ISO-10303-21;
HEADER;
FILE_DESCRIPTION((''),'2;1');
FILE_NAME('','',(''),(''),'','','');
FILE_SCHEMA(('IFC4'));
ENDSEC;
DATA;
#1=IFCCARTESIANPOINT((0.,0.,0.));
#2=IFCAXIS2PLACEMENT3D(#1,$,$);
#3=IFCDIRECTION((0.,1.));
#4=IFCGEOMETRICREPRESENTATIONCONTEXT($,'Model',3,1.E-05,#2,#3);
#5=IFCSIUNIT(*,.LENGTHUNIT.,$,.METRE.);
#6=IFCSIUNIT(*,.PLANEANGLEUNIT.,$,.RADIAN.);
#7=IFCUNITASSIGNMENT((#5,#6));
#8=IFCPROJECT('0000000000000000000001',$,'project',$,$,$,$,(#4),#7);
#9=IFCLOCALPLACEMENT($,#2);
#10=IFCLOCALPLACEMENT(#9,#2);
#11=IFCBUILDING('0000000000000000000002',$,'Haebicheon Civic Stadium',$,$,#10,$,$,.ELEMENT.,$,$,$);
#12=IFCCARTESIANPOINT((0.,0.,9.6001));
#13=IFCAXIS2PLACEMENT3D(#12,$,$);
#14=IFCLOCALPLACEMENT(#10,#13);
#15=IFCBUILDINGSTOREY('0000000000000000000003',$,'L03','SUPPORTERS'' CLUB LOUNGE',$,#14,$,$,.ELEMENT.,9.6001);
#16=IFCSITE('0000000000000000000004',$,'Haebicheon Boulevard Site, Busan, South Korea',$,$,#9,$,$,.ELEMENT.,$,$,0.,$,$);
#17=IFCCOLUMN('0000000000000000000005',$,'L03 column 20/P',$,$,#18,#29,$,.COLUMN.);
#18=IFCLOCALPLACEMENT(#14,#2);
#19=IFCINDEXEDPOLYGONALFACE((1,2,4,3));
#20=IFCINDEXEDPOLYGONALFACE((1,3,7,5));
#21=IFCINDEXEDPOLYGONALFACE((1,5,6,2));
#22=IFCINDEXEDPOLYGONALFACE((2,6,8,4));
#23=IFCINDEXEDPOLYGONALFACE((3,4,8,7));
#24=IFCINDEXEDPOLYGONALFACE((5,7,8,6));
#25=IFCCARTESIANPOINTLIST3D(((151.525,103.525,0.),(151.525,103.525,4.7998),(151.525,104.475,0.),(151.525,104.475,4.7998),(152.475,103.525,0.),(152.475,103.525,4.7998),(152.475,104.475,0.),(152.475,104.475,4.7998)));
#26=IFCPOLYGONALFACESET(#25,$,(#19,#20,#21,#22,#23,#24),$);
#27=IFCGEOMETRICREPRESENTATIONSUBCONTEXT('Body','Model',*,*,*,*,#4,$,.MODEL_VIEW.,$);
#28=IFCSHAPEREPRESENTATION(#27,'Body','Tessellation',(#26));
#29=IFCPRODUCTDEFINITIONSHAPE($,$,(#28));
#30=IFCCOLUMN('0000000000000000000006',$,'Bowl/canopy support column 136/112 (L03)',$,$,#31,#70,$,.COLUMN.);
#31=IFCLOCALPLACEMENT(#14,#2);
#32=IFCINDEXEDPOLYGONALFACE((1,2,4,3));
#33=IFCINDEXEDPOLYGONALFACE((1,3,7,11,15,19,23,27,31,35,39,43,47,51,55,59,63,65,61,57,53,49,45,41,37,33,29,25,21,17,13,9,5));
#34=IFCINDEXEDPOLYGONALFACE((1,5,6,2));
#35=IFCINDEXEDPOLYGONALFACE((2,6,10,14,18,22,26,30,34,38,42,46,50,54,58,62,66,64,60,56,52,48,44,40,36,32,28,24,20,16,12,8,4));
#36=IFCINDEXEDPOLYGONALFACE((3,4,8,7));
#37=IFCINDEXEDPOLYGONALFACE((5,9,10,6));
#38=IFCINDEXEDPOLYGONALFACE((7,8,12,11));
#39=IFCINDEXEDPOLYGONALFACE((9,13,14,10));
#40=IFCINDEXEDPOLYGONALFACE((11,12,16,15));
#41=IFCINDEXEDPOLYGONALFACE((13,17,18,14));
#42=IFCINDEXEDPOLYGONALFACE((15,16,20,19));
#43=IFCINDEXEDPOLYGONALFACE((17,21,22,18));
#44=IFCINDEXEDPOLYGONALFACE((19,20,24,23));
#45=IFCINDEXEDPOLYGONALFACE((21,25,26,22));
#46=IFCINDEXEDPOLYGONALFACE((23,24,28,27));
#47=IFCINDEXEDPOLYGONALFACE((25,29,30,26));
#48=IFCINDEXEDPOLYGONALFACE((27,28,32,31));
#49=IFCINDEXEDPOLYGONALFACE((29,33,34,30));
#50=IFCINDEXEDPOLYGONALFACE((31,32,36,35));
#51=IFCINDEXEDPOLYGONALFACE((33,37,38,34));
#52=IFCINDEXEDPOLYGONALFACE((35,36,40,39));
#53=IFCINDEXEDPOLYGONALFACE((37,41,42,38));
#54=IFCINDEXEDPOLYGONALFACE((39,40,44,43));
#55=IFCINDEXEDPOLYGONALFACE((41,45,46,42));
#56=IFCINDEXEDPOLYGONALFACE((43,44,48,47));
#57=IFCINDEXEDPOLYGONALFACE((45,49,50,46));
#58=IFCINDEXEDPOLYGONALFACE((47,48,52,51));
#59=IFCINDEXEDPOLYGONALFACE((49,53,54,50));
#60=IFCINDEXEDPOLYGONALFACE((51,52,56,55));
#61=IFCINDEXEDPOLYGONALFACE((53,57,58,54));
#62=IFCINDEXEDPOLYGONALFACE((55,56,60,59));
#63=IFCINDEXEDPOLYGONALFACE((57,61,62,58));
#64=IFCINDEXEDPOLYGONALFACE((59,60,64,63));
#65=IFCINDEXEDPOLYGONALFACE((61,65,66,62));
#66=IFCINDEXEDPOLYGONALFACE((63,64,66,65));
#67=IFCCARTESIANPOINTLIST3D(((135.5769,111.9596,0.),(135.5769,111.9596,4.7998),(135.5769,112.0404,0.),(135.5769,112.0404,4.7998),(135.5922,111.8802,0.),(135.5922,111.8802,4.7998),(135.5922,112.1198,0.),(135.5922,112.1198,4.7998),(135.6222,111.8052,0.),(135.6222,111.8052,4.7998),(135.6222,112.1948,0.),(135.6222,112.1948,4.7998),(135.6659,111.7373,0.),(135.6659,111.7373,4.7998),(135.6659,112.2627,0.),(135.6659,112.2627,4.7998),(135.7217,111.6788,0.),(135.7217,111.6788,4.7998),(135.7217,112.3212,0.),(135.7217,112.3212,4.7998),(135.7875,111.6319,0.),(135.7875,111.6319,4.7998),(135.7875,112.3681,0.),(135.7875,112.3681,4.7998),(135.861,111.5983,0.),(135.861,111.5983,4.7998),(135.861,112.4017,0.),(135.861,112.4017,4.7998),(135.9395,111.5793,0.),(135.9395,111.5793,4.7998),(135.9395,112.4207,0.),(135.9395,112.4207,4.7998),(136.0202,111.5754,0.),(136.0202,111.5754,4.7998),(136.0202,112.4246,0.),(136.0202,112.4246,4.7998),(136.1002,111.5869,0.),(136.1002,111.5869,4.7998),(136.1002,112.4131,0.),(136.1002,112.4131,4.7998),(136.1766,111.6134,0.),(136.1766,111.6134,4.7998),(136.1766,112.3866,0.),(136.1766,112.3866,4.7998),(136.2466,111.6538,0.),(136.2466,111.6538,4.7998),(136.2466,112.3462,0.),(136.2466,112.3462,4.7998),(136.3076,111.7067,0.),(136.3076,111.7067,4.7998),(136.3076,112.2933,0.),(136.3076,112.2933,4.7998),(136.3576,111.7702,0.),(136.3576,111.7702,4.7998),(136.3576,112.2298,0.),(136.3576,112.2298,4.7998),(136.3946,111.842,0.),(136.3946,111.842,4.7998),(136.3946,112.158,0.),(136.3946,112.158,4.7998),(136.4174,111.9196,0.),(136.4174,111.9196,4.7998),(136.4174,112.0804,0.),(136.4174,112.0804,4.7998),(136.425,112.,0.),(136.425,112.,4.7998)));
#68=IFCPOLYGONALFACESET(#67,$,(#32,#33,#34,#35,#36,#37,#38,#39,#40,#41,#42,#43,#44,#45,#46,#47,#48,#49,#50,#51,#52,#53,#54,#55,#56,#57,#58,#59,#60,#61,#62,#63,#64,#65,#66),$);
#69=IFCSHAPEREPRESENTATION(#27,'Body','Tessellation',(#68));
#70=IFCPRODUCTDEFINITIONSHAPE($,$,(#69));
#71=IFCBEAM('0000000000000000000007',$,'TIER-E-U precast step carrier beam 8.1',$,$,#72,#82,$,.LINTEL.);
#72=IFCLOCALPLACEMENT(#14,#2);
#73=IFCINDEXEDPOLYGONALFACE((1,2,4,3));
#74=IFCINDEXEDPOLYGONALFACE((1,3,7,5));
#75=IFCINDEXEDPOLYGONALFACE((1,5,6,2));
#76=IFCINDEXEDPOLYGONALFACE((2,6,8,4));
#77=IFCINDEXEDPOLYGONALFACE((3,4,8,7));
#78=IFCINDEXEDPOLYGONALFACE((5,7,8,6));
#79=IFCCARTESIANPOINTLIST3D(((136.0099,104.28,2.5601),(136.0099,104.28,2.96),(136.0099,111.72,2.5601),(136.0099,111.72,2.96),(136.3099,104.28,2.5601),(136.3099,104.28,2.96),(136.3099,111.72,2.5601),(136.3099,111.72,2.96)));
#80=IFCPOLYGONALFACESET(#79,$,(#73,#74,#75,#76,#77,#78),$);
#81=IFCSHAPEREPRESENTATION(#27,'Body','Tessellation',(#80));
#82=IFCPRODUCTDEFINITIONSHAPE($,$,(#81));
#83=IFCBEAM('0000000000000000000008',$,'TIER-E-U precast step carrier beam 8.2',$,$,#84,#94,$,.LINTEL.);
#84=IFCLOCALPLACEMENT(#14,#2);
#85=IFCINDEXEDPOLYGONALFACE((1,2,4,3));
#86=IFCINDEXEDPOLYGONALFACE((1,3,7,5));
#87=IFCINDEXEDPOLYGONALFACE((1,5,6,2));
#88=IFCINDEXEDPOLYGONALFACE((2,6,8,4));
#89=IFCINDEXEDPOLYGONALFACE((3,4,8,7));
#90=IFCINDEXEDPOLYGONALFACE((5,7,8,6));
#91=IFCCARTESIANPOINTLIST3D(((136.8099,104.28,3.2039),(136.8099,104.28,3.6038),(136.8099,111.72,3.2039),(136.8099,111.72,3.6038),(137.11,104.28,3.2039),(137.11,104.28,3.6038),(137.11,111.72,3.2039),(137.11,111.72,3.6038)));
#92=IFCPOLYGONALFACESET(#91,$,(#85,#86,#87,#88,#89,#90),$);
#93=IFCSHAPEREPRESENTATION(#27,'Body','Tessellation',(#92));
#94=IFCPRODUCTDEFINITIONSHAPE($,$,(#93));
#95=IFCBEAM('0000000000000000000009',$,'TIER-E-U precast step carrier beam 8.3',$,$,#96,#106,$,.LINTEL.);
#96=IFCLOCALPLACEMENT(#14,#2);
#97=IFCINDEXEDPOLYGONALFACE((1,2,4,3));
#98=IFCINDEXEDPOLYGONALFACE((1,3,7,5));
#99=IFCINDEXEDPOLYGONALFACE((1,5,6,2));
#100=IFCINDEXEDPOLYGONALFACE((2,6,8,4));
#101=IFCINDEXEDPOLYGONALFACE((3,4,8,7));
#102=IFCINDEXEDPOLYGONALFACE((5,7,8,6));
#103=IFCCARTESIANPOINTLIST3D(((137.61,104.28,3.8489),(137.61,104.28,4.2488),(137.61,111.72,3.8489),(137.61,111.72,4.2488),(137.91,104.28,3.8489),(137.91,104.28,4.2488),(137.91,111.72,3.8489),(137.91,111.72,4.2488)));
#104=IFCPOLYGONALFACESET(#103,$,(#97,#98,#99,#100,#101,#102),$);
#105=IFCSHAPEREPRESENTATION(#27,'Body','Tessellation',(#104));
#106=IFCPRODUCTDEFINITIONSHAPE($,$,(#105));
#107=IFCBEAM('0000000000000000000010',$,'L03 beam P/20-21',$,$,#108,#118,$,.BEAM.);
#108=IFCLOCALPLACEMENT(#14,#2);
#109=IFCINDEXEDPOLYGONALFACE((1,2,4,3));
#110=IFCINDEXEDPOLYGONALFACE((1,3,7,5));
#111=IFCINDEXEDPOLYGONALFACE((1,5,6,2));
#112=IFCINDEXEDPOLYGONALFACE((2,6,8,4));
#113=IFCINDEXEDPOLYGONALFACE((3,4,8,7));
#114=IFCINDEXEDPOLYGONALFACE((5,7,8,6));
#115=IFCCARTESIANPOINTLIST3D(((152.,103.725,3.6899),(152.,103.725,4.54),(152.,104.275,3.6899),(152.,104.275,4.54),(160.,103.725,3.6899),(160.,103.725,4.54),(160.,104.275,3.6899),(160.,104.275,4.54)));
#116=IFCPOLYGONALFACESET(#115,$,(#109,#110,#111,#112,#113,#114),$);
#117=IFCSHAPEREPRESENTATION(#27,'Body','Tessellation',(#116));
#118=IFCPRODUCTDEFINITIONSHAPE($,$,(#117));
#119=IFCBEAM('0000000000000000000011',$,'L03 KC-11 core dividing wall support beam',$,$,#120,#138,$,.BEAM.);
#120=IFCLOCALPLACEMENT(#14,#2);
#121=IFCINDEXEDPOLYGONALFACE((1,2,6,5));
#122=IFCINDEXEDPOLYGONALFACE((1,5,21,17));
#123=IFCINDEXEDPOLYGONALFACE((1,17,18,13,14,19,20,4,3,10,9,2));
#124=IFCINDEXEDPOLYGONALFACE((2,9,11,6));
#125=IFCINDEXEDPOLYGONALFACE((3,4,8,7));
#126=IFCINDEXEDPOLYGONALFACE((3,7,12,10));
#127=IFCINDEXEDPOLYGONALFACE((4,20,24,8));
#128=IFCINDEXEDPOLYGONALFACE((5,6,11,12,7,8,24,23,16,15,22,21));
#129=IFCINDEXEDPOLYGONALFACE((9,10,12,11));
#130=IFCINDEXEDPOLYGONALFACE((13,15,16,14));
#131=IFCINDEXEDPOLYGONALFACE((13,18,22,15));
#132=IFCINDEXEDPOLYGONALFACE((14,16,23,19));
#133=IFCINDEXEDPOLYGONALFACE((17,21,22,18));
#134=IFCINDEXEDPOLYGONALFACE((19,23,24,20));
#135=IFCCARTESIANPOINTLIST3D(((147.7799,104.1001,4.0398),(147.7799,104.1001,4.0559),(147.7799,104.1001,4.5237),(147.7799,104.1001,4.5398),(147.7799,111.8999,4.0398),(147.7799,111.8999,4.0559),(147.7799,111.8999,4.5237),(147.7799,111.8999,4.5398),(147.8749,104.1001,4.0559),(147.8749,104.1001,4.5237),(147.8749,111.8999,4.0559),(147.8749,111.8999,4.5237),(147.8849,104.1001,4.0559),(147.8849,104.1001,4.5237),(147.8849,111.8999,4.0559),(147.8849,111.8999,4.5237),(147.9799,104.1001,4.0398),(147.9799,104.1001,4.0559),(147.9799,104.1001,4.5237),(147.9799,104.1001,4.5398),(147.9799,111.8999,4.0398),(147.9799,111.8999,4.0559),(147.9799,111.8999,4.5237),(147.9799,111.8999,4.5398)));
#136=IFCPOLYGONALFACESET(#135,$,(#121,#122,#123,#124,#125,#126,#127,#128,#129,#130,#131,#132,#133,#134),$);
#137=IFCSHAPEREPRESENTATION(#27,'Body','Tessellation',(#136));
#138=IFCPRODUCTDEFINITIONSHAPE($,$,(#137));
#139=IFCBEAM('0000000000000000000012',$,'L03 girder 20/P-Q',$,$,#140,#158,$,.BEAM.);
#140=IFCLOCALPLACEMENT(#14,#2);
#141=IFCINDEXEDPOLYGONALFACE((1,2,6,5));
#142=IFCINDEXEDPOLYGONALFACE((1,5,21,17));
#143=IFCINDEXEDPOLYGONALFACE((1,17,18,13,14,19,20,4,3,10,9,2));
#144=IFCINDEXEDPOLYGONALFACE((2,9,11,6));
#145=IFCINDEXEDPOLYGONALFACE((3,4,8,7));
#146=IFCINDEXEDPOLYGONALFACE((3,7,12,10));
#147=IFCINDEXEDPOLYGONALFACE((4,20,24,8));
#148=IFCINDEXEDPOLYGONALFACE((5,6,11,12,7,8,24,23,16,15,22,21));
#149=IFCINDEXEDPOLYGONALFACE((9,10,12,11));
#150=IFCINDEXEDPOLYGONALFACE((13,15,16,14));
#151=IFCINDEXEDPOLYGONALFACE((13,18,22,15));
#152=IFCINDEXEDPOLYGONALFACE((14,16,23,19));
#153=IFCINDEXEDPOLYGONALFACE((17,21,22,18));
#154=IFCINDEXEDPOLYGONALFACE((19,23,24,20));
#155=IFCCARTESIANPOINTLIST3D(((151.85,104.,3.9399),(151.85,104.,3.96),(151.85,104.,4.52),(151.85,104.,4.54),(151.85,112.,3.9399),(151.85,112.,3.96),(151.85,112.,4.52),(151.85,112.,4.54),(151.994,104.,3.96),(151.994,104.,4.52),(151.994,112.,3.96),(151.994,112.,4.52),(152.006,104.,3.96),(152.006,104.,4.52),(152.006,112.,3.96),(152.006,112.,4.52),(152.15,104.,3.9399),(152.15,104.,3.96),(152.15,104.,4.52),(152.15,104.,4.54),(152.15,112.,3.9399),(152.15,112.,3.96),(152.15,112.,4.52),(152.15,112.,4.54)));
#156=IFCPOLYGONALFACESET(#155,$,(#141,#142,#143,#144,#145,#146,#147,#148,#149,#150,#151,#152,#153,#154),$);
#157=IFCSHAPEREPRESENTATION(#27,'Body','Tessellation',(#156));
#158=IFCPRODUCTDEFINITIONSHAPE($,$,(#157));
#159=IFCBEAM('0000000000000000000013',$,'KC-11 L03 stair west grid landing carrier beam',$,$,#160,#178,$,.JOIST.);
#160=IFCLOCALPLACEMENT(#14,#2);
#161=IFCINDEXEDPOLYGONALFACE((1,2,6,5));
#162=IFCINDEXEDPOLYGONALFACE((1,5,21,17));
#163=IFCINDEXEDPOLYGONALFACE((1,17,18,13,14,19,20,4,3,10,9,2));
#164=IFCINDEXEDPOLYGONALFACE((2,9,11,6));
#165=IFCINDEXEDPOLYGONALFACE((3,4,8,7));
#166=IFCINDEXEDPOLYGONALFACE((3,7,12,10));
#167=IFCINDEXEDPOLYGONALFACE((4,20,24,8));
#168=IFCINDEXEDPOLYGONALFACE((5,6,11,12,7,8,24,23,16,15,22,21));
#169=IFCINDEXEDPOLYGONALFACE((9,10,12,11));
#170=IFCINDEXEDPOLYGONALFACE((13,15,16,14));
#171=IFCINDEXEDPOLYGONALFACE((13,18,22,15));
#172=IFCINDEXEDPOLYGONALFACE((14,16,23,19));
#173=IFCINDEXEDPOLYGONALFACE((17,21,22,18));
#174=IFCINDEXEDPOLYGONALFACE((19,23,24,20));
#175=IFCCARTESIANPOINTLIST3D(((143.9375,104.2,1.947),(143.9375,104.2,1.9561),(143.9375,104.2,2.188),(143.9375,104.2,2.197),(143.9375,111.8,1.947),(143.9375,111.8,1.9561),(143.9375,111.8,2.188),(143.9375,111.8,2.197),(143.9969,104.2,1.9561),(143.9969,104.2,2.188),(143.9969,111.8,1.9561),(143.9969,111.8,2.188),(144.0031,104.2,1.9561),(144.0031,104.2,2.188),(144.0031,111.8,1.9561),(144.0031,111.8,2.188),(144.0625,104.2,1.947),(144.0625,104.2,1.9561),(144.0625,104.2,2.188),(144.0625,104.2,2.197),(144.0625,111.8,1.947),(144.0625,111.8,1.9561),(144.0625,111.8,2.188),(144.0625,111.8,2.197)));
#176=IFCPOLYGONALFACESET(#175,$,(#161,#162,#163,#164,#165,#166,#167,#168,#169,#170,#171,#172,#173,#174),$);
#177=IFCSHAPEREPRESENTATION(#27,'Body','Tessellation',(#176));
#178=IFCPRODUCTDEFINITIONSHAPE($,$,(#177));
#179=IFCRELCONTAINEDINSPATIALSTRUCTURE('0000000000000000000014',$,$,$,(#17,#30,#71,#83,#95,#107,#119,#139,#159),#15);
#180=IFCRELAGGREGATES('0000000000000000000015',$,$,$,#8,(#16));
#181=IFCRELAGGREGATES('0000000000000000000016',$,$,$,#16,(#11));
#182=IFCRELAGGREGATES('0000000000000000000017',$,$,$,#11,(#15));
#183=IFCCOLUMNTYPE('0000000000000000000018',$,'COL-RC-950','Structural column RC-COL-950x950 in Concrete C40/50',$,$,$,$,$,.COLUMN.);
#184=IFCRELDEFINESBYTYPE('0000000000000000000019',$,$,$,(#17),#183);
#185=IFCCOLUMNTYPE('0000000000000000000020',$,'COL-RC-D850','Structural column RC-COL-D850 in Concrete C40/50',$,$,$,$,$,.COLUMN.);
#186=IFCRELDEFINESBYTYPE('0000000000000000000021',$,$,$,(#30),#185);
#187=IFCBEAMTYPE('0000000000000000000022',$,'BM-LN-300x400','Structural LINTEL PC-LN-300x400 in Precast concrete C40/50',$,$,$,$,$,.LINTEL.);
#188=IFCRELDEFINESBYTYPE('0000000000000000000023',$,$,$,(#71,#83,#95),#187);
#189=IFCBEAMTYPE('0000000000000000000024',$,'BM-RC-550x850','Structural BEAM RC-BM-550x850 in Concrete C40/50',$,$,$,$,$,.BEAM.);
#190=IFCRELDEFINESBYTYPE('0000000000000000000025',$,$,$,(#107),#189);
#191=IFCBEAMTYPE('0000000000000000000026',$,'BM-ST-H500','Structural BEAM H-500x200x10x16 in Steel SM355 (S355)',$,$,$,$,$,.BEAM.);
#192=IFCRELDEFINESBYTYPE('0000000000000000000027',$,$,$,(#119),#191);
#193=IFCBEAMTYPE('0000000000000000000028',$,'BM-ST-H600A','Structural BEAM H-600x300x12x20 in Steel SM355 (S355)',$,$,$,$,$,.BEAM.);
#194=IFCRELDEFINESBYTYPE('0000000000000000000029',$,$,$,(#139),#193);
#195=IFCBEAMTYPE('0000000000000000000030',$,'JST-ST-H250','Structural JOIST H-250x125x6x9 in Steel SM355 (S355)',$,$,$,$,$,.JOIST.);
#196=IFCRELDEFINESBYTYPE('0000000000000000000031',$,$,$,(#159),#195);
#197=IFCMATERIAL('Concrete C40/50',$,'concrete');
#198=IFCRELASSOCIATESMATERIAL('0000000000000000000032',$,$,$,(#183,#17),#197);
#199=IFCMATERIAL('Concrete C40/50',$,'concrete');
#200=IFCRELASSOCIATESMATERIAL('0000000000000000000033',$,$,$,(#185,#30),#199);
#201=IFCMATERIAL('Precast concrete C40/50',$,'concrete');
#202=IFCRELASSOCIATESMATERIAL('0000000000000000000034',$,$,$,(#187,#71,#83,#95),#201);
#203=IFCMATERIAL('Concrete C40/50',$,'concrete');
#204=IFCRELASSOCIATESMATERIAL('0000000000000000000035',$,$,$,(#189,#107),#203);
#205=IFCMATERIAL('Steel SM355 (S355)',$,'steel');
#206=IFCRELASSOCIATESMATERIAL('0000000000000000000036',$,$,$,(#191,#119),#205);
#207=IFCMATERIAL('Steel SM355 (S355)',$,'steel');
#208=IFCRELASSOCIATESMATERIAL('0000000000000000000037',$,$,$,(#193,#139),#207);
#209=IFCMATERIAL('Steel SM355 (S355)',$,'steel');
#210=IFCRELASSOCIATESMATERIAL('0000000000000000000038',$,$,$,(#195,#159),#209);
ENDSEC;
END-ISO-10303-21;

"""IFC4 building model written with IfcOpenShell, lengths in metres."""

from ifc_helpers import new_model, si_unit, direction, frame, origin, origin_2d, place, context, subcontext, project, spatial, rectangle, circle, i_section, extrude, material, material_profile, profile_set, type_object, element, save


model = new_model("IFC4")

# Units and contexts
model_context = context("Model", 3, precision=1e-05, world=origin(), true_north=direction((0.0, 1.0)))
body_context = subcontext(model_context, "Body", "Model", "MODEL_VIEW")
ifc_project = project(units=[si_unit("LENGTHUNIT", "METRE"), si_unit("PLANEANGLEUNIT", "RADIAN")], contexts=[model_context])

# Site, building, storey
site_placement = place(None, origin())
site = spatial("IfcSite", under=ifc_project, at=site_placement, Name="Haebicheon Boulevard Site, Busan, South Korea", CompositionType="ELEMENT", RefElevation=0.0)
building_placement = place(site_placement, origin())
building = spatial("IfcBuilding", under=site, at=building_placement, Name="Haebicheon Civic Stadium", CompositionType="ELEMENT")
storey_placement = place(building_placement, frame((0.0, 0.0, 9.6001)))
storey = spatial("IfcBuildingStorey", under=building, at=storey_placement, Name="L03", Description="SUPPORTERS' CLUB LOUNGE", CompositionType="ELEMENT", Elevation=9.6001)

# Columns
ifc_material_1 = material(Name="Concrete C40/50", Category="concrete")
ifc_material_profile_1 = material_profile(ifc_material_1, rectangle(XDim=0.95, YDim=0.95, at=origin_2d()), Name="RC-COL-950x950")
ifc_profile_set_1 = profile_set([ifc_material_profile_1], Name="Concrete C40/50")
column_type_1 = type_object("IfcColumnType", Name="COL-RC-950", Description="Structural column RC-COL-950x950 in Concrete C40/50", PredefinedType="COLUMN", material=ifc_profile_set_1)
column_1_placement = place(storey_placement, frame((152.0, 104.0, 0.0), z_axis=(0.0, 0.0, 1.0), x_axis=(1.0, 0.0, 0.0)))
element("IfcColumn", 1, at=column_1_placement, inside=storey, type_object=column_type_1, material=ifc_profile_set_1, Name="L03 column 20/P", PredefinedType="COLUMN", context=body_context, shape_type="SweptSolid", body=[
    extrude(rectangle(XDim=0.95, YDim=0.95, at=origin_2d()), origin(), (0.0, 0.0, 1.0), 4.7998),
])
ifc_material_2 = material(Name="Concrete C40/50", Category="concrete")
ifc_material_profile_2 = material_profile(ifc_material_2, circle(Radius=0.425, at=origin_2d()), Name="RC-COL-D850")
ifc_profile_set_2 = profile_set([ifc_material_profile_2], Name="Concrete C40/50")
column_type_2 = type_object("IfcColumnType", Name="COL-RC-D850", Description="Structural column RC-COL-D850 in Concrete C40/50", PredefinedType="COLUMN", material=ifc_profile_set_2)
column_2_placement = place(storey_placement, frame((136.0, 112.0, 0.0), z_axis=(0.0, 0.0, 1.0), x_axis=(1.0, 0.0, 0.0)))
element("IfcColumn", 2, at=column_2_placement, inside=storey, type_object=column_type_2, material=ifc_profile_set_2, Name="Bowl/canopy support column 136/112 (L03)", PredefinedType="COLUMN", context=body_context, shape_type="SweptSolid", body=[
    extrude(circle(Radius=0.425, at=origin_2d()), origin(), (0.0, 0.0, 1.0), 4.7998),
])

# Beams
ifc_material_3 = material(Name="Precast concrete C40/50", Category="concrete")
ifc_material_profile_3 = material_profile(ifc_material_3, rectangle(XDim=0.3, YDim=0.3999, at=origin_2d()), Name="PC-LN-300x400")
ifc_profile_set_3 = profile_set([ifc_material_profile_3], Name="Precast concrete C40/50")
beam_type_1 = type_object("IfcBeamType", Name="BM-LN-300x400", Description="Structural LINTEL PC-LN-300x400 in Precast concrete C40/50", PredefinedType="LINTEL", material=ifc_profile_set_3)
for number, where, z_axis, x_axis, name in (
    (3, (136.1599, 104.28, 2.76), (0.0, 1.0, 0.0), (-1.0, 0.0, 0.0), "TIER-E-U precast step carrier beam 8.1"),
    (4, (136.96, 104.28, 3.4038), (0.0, 1.0, 0.0), (-1.0, 0.0, 0.0), "TIER-E-U precast step carrier beam 8.2"),
    (5, (137.76, 104.28, 4.0488), (0.0, 1.0, 0.0), (-1.0, 0.0, 0.0), "TIER-E-U precast step carrier beam 8.3"),
):
    element("IfcBeam", number, at=place(storey_placement, frame(where, z_axis=z_axis, x_axis=x_axis)), inside=storey, type_object=beam_type_1, material=ifc_profile_set_3, Name=name, PredefinedType="LINTEL", context=body_context, shape_type="SweptSolid", body=[
        extrude(rectangle(XDim=0.3, YDim=0.3999, at=origin_2d()), origin(), (0.0, 0.0, 1.0), 7.4399),
    ])
ifc_material_4 = material(Name="Concrete C40/50", Category="concrete")
ifc_material_profile_4 = material_profile(ifc_material_4, rectangle(XDim=0.55, YDim=0.8501, at=origin_2d()), Name="RC-BM-550x850")
ifc_profile_set_4 = profile_set([ifc_material_profile_4], Name="Concrete C40/50")
beam_type_2 = type_object("IfcBeamType", Name="BM-RC-550x850", Description="Structural BEAM RC-BM-550x850 in Concrete C40/50", PredefinedType="BEAM", material=ifc_profile_set_4)
beam_1_placement = place(storey_placement, frame((152.0, 104.0, 4.115), z_axis=(1.0, 0.0, 0.0), x_axis=(0.0, 1.0, 0.0)))
element("IfcBeam", 6, at=beam_1_placement, inside=storey, type_object=beam_type_2, material=ifc_profile_set_4, Name="L03 beam P/20-21", PredefinedType="BEAM", context=body_context, shape_type="SweptSolid", body=[
    extrude(rectangle(XDim=0.55, YDim=0.8501, at=origin_2d()), origin(), (0.0, 0.0, 1.0), 8.0),
])
ifc_material_5 = material(Name="Steel SM355 (S355)", Category="steel")
ifc_material_profile_5 = material_profile(ifc_material_5, i_section(OverallWidth=0.2, OverallDepth=0.5, WebThickness=0.01, FlangeThickness=0.0161, at=origin_2d()), Name="H-500x200x10x16")
ifc_profile_set_5 = profile_set([ifc_material_profile_5], Name="Steel SM355 (S355)")
beam_type_3 = type_object("IfcBeamType", Name="BM-ST-H500", Description="Structural BEAM H-500x200x10x16 in Steel SM355 (S355)", PredefinedType="BEAM", material=ifc_profile_set_5)
beam_2_placement = place(storey_placement, frame((147.8799, 104.1001, 4.2898), z_axis=(0.0, 1.0, 0.0), x_axis=(-1.0, 0.0, 0.0)))
element("IfcBeam", 7, at=beam_2_placement, inside=storey, type_object=beam_type_3, material=ifc_profile_set_5, Name="L03 KC-11 core dividing wall support beam", PredefinedType="BEAM", context=body_context, shape_type="SweptSolid", body=[
    extrude(i_section(OverallWidth=0.2, OverallDepth=0.5, WebThickness=0.01, FlangeThickness=0.0161, at=origin_2d()), origin(), (0.0, 0.0, 1.0), 7.7998),
])
ifc_material_6 = material(Name="Steel SM355 (S355)", Category="steel")
ifc_material_profile_6 = material_profile(ifc_material_6, i_section(OverallWidth=0.3, OverallDepth=0.6001, WebThickness=0.012, FlangeThickness=0.02, at=origin_2d()), Name="H-600x300x12x20")
ifc_profile_set_6 = profile_set([ifc_material_profile_6], Name="Steel SM355 (S355)")
beam_type_4 = type_object("IfcBeamType", Name="BM-ST-H600A", Description="Structural BEAM H-600x300x12x20 in Steel SM355 (S355)", PredefinedType="BEAM", material=ifc_profile_set_6)
beam_3_placement = place(storey_placement, frame((152.0, 104.0, 4.24), z_axis=(0.0, 1.0, 0.0), x_axis=(-1.0, 0.0, 0.0)))
element("IfcBeam", 8, at=beam_3_placement, inside=storey, type_object=beam_type_4, material=ifc_profile_set_6, Name="L03 girder 20/P-Q", PredefinedType="BEAM", context=body_context, shape_type="SweptSolid", body=[
    extrude(i_section(OverallWidth=0.3, OverallDepth=0.6001, WebThickness=0.012, FlangeThickness=0.02, at=origin_2d()), origin(), (0.0, 0.0, 1.0), 8.0),
])
ifc_material_7 = material(Name="Steel SM355 (S355)", Category="steel")
ifc_material_profile_7 = material_profile(ifc_material_7, i_section(OverallWidth=0.125, OverallDepth=0.25, WebThickness=0.0061, FlangeThickness=0.009, at=origin_2d()), Name="H-250x125x6x9")
ifc_profile_set_7 = profile_set([ifc_material_profile_7], Name="Steel SM355 (S355)")
beam_type_5 = type_object("IfcBeamType", Name="JST-ST-H250", Description="Structural JOIST H-250x125x6x9 in Steel SM355 (S355)", PredefinedType="JOIST", material=ifc_profile_set_7)
beam_4_placement = place(storey_placement, frame((144.0, 104.2, 2.072), z_axis=(0.0, 1.0, 0.0), x_axis=(-1.0, 0.0, 0.0)))
element("IfcBeam", 9, at=beam_4_placement, inside=storey, type_object=beam_type_5, material=ifc_profile_set_7, Name="KC-11 L03 stair west grid landing carrier beam", PredefinedType="JOIST", context=body_context, shape_type="SweptSolid", body=[
    extrude(i_section(OverallWidth=0.125, OverallDepth=0.25, WebThickness=0.0061, FlangeThickness=0.009, at=origin_2d()), origin(), (0.0, 0.0, 1.0), 7.6001),
])

save(model, "model.ifc")
